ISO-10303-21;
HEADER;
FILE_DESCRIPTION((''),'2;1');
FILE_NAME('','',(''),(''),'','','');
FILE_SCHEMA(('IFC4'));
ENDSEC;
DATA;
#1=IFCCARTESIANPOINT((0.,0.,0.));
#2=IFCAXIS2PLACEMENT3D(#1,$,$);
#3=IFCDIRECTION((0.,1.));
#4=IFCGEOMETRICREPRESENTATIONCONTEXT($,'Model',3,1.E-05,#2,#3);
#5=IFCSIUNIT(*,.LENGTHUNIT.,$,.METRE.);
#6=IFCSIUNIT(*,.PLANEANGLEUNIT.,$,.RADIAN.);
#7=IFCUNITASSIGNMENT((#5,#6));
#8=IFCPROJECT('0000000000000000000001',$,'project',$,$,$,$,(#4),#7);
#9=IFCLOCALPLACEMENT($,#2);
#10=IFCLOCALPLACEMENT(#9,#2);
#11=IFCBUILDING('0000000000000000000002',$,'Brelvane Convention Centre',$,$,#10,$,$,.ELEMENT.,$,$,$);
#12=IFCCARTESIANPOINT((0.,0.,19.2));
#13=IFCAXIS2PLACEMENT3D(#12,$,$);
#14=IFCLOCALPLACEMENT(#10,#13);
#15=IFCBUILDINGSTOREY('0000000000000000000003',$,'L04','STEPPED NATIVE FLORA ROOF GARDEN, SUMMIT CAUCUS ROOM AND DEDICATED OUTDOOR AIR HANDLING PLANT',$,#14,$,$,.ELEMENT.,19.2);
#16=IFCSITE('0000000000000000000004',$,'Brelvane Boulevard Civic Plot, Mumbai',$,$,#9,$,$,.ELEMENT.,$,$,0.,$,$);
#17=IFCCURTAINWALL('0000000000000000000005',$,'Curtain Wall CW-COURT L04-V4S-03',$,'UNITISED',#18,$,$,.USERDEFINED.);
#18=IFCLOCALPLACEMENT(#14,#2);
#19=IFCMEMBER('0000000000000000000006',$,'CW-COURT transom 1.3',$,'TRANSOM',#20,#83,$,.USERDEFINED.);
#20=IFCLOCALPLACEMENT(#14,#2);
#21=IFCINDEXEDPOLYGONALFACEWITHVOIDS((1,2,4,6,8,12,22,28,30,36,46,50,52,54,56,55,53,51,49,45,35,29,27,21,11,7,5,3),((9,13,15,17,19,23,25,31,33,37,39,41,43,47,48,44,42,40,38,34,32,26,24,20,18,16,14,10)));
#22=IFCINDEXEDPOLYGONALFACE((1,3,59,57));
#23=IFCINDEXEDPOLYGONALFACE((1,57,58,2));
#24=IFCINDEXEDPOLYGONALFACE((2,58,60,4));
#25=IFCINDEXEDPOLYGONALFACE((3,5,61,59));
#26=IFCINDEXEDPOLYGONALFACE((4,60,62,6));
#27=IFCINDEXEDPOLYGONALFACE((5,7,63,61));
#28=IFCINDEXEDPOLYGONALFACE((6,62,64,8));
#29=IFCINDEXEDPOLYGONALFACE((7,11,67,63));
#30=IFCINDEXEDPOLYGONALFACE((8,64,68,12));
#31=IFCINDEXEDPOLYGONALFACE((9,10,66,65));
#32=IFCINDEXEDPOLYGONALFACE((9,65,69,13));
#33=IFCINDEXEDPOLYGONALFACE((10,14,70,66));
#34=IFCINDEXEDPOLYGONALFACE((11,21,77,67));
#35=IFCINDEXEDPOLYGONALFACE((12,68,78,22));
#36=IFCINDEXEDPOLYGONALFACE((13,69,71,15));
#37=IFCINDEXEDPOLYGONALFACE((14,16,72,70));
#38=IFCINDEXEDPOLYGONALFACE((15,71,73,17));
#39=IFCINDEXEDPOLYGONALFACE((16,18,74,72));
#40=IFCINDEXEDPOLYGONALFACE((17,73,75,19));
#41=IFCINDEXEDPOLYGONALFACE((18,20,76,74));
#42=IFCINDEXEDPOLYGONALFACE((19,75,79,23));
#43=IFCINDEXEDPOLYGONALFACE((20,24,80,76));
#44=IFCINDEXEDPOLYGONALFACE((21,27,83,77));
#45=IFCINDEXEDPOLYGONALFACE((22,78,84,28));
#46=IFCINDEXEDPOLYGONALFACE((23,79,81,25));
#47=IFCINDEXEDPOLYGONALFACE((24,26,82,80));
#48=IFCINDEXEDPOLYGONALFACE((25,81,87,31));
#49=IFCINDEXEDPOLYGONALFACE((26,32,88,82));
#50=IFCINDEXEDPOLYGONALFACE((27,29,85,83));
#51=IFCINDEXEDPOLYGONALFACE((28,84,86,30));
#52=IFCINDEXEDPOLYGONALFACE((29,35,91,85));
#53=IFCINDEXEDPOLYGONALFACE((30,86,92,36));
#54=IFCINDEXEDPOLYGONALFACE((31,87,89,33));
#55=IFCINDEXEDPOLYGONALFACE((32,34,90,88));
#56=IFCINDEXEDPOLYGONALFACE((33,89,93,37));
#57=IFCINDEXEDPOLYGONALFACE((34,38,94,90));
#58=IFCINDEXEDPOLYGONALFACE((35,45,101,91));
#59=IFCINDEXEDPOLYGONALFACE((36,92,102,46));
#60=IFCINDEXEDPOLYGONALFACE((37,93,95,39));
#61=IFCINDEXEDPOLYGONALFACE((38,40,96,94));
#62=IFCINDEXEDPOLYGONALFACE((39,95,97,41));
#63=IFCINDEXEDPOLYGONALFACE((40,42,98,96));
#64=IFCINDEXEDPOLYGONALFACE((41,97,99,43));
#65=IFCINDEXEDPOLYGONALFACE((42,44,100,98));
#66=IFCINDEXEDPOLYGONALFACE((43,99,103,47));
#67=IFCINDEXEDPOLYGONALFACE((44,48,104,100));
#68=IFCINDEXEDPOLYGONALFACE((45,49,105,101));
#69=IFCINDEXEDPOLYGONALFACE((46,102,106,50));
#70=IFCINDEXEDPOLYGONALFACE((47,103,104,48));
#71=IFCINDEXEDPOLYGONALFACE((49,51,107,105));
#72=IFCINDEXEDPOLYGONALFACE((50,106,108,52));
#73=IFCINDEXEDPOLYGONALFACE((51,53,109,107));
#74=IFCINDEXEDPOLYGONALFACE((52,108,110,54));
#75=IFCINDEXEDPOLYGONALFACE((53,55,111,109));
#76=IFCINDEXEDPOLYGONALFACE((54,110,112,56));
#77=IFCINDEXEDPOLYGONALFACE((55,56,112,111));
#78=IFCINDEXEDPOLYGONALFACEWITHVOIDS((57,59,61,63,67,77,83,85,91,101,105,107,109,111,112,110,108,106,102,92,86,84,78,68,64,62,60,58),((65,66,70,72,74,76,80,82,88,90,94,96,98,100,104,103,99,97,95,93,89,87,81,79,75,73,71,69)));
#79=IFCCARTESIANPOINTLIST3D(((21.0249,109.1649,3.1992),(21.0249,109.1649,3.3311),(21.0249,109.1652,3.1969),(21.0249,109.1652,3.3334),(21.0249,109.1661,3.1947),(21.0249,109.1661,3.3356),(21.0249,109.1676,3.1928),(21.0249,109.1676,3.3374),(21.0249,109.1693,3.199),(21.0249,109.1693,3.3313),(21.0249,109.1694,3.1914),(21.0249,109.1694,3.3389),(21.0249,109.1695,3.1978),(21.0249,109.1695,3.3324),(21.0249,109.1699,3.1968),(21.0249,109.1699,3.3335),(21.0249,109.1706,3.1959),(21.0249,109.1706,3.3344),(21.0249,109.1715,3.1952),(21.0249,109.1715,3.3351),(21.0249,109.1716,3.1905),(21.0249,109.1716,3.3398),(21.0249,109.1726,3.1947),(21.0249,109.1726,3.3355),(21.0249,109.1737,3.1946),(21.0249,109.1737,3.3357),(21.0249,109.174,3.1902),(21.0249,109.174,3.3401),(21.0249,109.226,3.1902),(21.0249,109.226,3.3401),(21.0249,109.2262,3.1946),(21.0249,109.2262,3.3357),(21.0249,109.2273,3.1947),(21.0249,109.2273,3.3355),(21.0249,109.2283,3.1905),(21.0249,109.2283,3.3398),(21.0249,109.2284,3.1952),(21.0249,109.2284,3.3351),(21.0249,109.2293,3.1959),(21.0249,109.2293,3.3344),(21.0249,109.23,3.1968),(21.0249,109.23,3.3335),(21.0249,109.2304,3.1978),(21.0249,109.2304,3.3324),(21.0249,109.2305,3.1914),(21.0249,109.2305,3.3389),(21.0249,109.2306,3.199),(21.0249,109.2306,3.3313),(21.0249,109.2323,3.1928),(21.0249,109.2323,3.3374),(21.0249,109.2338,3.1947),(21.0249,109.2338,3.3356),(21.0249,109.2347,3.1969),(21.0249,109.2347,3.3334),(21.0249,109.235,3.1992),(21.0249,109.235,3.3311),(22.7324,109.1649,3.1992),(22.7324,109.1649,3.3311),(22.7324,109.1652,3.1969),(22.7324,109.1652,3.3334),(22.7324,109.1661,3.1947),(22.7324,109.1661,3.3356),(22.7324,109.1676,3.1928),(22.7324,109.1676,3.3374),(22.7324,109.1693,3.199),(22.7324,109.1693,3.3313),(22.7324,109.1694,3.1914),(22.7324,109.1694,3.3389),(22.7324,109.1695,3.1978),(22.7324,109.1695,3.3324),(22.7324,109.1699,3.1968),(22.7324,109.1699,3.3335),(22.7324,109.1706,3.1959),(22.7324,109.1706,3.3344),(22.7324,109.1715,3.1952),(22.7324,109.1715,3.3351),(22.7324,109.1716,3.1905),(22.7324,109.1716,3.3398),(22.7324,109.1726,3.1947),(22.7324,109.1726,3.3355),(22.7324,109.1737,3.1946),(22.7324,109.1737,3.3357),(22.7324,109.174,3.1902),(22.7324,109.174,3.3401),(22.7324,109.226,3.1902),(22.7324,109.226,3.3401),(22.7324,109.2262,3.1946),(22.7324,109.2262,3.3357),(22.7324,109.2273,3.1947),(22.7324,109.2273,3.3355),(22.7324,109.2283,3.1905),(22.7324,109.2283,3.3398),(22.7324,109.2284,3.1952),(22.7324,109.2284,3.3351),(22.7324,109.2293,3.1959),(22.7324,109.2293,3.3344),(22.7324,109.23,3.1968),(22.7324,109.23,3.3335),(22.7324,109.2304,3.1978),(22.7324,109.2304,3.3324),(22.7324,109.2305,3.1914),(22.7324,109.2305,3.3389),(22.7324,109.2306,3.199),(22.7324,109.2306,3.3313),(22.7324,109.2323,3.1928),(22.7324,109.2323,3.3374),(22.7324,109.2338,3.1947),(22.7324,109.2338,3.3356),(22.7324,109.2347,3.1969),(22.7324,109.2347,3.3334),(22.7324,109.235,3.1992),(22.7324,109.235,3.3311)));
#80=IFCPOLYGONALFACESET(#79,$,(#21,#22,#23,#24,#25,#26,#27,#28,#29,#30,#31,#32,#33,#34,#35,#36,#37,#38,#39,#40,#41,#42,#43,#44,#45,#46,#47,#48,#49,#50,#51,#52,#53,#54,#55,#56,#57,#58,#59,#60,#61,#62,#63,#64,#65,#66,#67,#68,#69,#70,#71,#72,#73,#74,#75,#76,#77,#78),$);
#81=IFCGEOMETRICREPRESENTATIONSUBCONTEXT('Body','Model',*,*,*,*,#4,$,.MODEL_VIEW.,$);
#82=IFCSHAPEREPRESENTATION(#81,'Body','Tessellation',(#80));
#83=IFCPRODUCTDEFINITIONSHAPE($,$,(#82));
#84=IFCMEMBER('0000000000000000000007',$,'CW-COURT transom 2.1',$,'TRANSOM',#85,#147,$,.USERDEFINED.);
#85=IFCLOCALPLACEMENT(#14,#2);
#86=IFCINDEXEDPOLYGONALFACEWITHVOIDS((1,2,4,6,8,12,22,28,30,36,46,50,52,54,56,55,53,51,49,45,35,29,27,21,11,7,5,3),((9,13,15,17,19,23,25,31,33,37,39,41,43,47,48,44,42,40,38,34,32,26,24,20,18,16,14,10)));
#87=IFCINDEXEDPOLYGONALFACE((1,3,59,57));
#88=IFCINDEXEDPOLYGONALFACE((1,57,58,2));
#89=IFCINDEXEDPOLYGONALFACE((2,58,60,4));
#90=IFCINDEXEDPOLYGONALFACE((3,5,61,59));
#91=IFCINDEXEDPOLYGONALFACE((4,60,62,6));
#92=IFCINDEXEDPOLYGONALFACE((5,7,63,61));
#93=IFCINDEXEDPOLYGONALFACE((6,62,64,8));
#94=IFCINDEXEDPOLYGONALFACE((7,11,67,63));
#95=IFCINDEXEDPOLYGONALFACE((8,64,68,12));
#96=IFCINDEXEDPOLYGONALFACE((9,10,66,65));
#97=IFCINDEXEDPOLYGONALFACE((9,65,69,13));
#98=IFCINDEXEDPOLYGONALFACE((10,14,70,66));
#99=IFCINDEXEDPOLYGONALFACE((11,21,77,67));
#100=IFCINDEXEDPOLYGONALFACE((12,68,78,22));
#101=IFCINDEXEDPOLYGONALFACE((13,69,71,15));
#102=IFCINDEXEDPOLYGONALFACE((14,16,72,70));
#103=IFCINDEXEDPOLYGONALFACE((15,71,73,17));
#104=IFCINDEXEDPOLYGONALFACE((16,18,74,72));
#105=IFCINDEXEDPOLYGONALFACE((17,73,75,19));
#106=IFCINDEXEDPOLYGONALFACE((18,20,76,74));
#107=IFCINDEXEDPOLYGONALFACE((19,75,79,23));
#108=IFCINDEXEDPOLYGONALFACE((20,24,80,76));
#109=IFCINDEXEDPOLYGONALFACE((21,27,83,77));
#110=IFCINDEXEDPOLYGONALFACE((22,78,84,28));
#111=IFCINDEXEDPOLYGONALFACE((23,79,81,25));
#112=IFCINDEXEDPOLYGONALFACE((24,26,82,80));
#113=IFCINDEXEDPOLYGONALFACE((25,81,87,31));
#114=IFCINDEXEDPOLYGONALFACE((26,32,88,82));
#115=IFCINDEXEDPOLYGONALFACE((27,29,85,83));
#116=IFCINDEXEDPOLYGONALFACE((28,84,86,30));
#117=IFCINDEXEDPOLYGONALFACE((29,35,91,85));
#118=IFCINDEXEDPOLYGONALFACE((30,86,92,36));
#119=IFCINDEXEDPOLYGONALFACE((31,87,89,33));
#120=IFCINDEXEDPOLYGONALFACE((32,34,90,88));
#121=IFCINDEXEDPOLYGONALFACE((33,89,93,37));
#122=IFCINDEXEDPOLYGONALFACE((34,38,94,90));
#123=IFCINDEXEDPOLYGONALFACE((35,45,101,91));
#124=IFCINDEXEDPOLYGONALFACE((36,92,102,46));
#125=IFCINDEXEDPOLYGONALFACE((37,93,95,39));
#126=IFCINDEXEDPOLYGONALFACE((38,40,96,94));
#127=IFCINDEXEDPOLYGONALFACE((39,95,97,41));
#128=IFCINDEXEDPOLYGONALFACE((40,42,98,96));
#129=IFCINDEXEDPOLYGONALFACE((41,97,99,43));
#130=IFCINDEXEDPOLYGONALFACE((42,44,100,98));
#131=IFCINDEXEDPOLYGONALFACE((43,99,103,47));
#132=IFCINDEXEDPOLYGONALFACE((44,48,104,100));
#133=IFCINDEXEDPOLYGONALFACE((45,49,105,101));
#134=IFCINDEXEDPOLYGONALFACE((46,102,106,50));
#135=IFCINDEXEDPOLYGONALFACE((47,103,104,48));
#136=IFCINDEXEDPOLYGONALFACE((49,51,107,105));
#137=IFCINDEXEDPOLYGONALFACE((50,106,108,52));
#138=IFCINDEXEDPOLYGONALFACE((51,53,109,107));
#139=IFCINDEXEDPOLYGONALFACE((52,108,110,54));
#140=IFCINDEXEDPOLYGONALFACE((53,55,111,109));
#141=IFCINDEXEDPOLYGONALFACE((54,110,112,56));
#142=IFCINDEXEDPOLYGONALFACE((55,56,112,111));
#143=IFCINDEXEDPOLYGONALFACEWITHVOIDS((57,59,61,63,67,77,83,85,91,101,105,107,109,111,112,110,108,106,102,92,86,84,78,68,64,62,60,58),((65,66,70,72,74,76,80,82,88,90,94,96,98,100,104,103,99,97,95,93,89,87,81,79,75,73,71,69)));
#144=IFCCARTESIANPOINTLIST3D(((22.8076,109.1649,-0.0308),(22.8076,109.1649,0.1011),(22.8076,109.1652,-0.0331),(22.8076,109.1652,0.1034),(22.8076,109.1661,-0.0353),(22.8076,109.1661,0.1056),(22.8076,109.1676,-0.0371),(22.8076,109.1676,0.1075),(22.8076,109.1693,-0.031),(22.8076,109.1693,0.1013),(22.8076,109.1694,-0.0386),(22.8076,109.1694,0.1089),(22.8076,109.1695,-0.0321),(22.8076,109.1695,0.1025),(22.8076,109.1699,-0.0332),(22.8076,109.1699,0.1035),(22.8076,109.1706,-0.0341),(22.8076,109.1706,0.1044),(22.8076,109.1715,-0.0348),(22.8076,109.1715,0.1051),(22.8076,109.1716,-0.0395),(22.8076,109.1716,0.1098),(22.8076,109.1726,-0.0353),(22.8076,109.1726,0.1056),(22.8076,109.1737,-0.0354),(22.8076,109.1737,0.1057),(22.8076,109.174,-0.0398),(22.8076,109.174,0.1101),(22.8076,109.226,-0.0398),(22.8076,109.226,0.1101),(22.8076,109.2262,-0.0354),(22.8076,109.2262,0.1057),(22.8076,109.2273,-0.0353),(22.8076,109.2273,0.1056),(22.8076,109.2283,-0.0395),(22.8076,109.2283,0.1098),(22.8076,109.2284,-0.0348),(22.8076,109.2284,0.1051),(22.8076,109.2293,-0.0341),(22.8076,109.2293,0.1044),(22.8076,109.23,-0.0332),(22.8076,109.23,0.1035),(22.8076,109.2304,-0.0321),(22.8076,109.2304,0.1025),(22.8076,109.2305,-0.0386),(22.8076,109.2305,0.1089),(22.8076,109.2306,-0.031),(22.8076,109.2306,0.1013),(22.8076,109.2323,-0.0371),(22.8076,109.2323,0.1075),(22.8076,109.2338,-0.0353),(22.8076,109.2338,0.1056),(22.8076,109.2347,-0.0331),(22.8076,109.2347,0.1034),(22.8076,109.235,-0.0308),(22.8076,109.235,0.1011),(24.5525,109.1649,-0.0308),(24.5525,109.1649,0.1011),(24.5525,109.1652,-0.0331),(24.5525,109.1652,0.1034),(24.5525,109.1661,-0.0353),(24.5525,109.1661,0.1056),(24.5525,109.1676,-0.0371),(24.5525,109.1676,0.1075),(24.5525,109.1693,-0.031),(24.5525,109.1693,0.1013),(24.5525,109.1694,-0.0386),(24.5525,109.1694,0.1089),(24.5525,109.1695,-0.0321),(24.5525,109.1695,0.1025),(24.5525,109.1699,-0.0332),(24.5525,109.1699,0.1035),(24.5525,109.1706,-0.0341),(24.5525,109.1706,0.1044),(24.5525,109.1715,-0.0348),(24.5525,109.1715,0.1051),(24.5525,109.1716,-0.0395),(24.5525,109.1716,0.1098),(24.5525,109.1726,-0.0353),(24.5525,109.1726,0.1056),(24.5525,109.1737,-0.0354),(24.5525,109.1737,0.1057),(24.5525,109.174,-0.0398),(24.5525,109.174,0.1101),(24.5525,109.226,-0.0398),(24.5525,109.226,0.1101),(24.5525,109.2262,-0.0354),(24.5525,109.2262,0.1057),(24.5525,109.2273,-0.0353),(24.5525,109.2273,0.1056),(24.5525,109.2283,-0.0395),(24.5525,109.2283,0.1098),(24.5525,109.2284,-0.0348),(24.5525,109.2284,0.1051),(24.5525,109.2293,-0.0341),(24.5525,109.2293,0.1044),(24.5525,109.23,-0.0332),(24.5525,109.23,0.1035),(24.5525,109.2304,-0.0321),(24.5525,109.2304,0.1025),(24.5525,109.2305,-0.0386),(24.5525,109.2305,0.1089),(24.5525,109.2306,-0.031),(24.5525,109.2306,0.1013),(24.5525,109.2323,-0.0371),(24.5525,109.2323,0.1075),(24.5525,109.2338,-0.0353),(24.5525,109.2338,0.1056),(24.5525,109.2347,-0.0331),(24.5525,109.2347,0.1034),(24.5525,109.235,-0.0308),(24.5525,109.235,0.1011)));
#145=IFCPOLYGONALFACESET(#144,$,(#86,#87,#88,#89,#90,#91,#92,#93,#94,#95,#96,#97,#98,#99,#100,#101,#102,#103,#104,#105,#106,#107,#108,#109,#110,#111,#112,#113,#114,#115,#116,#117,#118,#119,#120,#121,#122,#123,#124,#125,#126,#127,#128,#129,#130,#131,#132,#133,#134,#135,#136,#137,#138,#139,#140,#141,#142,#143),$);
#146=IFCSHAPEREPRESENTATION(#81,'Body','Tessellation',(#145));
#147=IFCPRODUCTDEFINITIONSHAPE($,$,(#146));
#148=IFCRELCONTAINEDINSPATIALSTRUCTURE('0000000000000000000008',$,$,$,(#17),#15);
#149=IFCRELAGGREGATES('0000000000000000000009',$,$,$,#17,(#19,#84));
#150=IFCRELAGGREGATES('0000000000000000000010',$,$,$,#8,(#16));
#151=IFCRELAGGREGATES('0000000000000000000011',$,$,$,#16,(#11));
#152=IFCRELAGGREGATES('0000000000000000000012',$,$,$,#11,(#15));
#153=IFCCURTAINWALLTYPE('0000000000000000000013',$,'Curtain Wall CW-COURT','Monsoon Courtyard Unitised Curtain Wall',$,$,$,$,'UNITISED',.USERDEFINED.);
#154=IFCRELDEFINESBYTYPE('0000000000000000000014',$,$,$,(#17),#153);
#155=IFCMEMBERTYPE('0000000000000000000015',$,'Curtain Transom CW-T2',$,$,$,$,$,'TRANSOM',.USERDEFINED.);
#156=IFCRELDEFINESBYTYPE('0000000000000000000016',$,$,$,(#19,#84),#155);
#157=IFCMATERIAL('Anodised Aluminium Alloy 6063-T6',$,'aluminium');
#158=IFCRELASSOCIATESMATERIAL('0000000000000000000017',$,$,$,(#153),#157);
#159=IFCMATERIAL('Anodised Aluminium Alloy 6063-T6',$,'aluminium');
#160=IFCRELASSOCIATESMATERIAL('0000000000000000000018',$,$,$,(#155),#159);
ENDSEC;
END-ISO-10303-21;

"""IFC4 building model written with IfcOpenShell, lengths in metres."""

from ifc_helpers import new_model, si_unit, direction, frame, origin, origin_2d, place, context, subcontext, project, spatial, hollow_rectangle, extrude, material, material_profile, profile_set, type_object, element, aggregate, save


model = new_model("IFC4")

# Units and contexts
model_context = context("Model", 3, precision=1e-05, world=origin(), true_north=direction((0.0, 1.0)))
body_context = subcontext(model_context, "Body", "Model", "MODEL_VIEW")
ifc_project = project(units=[si_unit("LENGTHUNIT", "METRE"), si_unit("PLANEANGLEUNIT", "RADIAN")], contexts=[model_context])

# Site, building, storey
site_placement = place(None, origin())
site = spatial("IfcSite", under=ifc_project, at=site_placement, Name="Brelvane Boulevard Civic Plot, Mumbai", CompositionType="ELEMENT", RefElevation=0.0)
building_placement = place(site_placement, origin())
building = spatial("IfcBuilding", under=site, at=building_placement, Name="Brelvane Convention Centre", CompositionType="ELEMENT")
storey_placement = place(building_placement, frame((0.0, 0.0, 19.2)))
storey = spatial("IfcBuildingStorey", under=building, at=storey_placement, Name="L04", Description="STEPPED NATIVE FLORA ROOF GARDEN, SUMMIT CAUCUS ROOM AND DEDICATED OUTDOOR AIR HANDLING PLANT", CompositionType="ELEMENT", Elevation=19.2)

# Curtain wall, members
ifc_material_1 = material(Name="Anodised Aluminium Alloy 6063-T6", Category="aluminium")
curtain_wall_type = type_object("IfcCurtainWallType", Name="Curtain Wall CW-COURT", Description="Monsoon Courtyard Unitised Curtain Wall", ElementType="UNITISED", PredefinedType="USERDEFINED", material=ifc_material_1)
curtain_wall_placement = place(storey_placement, origin())
curtain_wall = element("IfcCurtainWall", 1, at=curtain_wall_placement, inside=storey, type_object=curtain_wall_type, Name="Curtain Wall CW-COURT L04-V4S-03", ObjectType="UNITISED", PredefinedType="USERDEFINED")
ifc_material_2 = material(Name="Anodised Aluminium Alloy 6063-T6", Category="aluminium")
ifc_material_profile_1 = material_profile(ifc_material_2, hollow_rectangle(XDim=0.0701, YDim=0.1499, WallThickness=0.0044, InnerFilletRadius=0.0044, OuterFilletRadius=0.009, at=origin_2d()), Name="ALU-T 150x70x4.5")
ifc_profile_set_1 = profile_set([ifc_material_profile_1], Name="Anodised Aluminium Alloy 6063-T6")
member_type_1 = type_object("IfcMemberType", Name="Curtain Transom CW-T2", ElementType="TRANSOM", PredefinedType="USERDEFINED", material=ifc_profile_set_1)
member_1_placement = place(storey_placement, frame((21.0249, 109.2, 3.2651), z_axis=(1.0, 0.0, 0.0), x_axis=(0.0, 1.0, 0.0)))
member_1 = element("IfcMember", 2, at=member_1_placement, type_object=member_type_1, Name="CW-COURT transom 1.3", ObjectType="TRANSOM", PredefinedType="USERDEFINED", context=body_context, shape_type="SweptSolid", body=[
    extrude(hollow_rectangle(XDim=0.0701, YDim=0.1499, WallThickness=0.0044, InnerFilletRadius=0.0044, OuterFilletRadius=0.009, at=origin_2d()), origin(), (0.0, 0.0, 1.0), 1.7075),
])
member_2_placement = place(storey_placement, frame((22.8076, 109.2, 0.0352), z_axis=(1.0, 0.0, 0.0), x_axis=(0.0, 1.0, 0.0)))
member_2 = element("IfcMember", 3, at=member_2_placement, type_object=member_type_1, Name="CW-COURT transom 2.1", ObjectType="TRANSOM", PredefinedType="USERDEFINED", context=body_context, shape_type="SweptSolid", body=[
    extrude(hollow_rectangle(XDim=0.0701, YDim=0.1499, WallThickness=0.0044, InnerFilletRadius=0.0044, OuterFilletRadius=0.009, at=origin_2d()), origin(), (0.0, 0.0, 1.0), 1.7449),
])
aggregate(curtain_wall, [member_1, member_2])

save(model, "model.ifc")
